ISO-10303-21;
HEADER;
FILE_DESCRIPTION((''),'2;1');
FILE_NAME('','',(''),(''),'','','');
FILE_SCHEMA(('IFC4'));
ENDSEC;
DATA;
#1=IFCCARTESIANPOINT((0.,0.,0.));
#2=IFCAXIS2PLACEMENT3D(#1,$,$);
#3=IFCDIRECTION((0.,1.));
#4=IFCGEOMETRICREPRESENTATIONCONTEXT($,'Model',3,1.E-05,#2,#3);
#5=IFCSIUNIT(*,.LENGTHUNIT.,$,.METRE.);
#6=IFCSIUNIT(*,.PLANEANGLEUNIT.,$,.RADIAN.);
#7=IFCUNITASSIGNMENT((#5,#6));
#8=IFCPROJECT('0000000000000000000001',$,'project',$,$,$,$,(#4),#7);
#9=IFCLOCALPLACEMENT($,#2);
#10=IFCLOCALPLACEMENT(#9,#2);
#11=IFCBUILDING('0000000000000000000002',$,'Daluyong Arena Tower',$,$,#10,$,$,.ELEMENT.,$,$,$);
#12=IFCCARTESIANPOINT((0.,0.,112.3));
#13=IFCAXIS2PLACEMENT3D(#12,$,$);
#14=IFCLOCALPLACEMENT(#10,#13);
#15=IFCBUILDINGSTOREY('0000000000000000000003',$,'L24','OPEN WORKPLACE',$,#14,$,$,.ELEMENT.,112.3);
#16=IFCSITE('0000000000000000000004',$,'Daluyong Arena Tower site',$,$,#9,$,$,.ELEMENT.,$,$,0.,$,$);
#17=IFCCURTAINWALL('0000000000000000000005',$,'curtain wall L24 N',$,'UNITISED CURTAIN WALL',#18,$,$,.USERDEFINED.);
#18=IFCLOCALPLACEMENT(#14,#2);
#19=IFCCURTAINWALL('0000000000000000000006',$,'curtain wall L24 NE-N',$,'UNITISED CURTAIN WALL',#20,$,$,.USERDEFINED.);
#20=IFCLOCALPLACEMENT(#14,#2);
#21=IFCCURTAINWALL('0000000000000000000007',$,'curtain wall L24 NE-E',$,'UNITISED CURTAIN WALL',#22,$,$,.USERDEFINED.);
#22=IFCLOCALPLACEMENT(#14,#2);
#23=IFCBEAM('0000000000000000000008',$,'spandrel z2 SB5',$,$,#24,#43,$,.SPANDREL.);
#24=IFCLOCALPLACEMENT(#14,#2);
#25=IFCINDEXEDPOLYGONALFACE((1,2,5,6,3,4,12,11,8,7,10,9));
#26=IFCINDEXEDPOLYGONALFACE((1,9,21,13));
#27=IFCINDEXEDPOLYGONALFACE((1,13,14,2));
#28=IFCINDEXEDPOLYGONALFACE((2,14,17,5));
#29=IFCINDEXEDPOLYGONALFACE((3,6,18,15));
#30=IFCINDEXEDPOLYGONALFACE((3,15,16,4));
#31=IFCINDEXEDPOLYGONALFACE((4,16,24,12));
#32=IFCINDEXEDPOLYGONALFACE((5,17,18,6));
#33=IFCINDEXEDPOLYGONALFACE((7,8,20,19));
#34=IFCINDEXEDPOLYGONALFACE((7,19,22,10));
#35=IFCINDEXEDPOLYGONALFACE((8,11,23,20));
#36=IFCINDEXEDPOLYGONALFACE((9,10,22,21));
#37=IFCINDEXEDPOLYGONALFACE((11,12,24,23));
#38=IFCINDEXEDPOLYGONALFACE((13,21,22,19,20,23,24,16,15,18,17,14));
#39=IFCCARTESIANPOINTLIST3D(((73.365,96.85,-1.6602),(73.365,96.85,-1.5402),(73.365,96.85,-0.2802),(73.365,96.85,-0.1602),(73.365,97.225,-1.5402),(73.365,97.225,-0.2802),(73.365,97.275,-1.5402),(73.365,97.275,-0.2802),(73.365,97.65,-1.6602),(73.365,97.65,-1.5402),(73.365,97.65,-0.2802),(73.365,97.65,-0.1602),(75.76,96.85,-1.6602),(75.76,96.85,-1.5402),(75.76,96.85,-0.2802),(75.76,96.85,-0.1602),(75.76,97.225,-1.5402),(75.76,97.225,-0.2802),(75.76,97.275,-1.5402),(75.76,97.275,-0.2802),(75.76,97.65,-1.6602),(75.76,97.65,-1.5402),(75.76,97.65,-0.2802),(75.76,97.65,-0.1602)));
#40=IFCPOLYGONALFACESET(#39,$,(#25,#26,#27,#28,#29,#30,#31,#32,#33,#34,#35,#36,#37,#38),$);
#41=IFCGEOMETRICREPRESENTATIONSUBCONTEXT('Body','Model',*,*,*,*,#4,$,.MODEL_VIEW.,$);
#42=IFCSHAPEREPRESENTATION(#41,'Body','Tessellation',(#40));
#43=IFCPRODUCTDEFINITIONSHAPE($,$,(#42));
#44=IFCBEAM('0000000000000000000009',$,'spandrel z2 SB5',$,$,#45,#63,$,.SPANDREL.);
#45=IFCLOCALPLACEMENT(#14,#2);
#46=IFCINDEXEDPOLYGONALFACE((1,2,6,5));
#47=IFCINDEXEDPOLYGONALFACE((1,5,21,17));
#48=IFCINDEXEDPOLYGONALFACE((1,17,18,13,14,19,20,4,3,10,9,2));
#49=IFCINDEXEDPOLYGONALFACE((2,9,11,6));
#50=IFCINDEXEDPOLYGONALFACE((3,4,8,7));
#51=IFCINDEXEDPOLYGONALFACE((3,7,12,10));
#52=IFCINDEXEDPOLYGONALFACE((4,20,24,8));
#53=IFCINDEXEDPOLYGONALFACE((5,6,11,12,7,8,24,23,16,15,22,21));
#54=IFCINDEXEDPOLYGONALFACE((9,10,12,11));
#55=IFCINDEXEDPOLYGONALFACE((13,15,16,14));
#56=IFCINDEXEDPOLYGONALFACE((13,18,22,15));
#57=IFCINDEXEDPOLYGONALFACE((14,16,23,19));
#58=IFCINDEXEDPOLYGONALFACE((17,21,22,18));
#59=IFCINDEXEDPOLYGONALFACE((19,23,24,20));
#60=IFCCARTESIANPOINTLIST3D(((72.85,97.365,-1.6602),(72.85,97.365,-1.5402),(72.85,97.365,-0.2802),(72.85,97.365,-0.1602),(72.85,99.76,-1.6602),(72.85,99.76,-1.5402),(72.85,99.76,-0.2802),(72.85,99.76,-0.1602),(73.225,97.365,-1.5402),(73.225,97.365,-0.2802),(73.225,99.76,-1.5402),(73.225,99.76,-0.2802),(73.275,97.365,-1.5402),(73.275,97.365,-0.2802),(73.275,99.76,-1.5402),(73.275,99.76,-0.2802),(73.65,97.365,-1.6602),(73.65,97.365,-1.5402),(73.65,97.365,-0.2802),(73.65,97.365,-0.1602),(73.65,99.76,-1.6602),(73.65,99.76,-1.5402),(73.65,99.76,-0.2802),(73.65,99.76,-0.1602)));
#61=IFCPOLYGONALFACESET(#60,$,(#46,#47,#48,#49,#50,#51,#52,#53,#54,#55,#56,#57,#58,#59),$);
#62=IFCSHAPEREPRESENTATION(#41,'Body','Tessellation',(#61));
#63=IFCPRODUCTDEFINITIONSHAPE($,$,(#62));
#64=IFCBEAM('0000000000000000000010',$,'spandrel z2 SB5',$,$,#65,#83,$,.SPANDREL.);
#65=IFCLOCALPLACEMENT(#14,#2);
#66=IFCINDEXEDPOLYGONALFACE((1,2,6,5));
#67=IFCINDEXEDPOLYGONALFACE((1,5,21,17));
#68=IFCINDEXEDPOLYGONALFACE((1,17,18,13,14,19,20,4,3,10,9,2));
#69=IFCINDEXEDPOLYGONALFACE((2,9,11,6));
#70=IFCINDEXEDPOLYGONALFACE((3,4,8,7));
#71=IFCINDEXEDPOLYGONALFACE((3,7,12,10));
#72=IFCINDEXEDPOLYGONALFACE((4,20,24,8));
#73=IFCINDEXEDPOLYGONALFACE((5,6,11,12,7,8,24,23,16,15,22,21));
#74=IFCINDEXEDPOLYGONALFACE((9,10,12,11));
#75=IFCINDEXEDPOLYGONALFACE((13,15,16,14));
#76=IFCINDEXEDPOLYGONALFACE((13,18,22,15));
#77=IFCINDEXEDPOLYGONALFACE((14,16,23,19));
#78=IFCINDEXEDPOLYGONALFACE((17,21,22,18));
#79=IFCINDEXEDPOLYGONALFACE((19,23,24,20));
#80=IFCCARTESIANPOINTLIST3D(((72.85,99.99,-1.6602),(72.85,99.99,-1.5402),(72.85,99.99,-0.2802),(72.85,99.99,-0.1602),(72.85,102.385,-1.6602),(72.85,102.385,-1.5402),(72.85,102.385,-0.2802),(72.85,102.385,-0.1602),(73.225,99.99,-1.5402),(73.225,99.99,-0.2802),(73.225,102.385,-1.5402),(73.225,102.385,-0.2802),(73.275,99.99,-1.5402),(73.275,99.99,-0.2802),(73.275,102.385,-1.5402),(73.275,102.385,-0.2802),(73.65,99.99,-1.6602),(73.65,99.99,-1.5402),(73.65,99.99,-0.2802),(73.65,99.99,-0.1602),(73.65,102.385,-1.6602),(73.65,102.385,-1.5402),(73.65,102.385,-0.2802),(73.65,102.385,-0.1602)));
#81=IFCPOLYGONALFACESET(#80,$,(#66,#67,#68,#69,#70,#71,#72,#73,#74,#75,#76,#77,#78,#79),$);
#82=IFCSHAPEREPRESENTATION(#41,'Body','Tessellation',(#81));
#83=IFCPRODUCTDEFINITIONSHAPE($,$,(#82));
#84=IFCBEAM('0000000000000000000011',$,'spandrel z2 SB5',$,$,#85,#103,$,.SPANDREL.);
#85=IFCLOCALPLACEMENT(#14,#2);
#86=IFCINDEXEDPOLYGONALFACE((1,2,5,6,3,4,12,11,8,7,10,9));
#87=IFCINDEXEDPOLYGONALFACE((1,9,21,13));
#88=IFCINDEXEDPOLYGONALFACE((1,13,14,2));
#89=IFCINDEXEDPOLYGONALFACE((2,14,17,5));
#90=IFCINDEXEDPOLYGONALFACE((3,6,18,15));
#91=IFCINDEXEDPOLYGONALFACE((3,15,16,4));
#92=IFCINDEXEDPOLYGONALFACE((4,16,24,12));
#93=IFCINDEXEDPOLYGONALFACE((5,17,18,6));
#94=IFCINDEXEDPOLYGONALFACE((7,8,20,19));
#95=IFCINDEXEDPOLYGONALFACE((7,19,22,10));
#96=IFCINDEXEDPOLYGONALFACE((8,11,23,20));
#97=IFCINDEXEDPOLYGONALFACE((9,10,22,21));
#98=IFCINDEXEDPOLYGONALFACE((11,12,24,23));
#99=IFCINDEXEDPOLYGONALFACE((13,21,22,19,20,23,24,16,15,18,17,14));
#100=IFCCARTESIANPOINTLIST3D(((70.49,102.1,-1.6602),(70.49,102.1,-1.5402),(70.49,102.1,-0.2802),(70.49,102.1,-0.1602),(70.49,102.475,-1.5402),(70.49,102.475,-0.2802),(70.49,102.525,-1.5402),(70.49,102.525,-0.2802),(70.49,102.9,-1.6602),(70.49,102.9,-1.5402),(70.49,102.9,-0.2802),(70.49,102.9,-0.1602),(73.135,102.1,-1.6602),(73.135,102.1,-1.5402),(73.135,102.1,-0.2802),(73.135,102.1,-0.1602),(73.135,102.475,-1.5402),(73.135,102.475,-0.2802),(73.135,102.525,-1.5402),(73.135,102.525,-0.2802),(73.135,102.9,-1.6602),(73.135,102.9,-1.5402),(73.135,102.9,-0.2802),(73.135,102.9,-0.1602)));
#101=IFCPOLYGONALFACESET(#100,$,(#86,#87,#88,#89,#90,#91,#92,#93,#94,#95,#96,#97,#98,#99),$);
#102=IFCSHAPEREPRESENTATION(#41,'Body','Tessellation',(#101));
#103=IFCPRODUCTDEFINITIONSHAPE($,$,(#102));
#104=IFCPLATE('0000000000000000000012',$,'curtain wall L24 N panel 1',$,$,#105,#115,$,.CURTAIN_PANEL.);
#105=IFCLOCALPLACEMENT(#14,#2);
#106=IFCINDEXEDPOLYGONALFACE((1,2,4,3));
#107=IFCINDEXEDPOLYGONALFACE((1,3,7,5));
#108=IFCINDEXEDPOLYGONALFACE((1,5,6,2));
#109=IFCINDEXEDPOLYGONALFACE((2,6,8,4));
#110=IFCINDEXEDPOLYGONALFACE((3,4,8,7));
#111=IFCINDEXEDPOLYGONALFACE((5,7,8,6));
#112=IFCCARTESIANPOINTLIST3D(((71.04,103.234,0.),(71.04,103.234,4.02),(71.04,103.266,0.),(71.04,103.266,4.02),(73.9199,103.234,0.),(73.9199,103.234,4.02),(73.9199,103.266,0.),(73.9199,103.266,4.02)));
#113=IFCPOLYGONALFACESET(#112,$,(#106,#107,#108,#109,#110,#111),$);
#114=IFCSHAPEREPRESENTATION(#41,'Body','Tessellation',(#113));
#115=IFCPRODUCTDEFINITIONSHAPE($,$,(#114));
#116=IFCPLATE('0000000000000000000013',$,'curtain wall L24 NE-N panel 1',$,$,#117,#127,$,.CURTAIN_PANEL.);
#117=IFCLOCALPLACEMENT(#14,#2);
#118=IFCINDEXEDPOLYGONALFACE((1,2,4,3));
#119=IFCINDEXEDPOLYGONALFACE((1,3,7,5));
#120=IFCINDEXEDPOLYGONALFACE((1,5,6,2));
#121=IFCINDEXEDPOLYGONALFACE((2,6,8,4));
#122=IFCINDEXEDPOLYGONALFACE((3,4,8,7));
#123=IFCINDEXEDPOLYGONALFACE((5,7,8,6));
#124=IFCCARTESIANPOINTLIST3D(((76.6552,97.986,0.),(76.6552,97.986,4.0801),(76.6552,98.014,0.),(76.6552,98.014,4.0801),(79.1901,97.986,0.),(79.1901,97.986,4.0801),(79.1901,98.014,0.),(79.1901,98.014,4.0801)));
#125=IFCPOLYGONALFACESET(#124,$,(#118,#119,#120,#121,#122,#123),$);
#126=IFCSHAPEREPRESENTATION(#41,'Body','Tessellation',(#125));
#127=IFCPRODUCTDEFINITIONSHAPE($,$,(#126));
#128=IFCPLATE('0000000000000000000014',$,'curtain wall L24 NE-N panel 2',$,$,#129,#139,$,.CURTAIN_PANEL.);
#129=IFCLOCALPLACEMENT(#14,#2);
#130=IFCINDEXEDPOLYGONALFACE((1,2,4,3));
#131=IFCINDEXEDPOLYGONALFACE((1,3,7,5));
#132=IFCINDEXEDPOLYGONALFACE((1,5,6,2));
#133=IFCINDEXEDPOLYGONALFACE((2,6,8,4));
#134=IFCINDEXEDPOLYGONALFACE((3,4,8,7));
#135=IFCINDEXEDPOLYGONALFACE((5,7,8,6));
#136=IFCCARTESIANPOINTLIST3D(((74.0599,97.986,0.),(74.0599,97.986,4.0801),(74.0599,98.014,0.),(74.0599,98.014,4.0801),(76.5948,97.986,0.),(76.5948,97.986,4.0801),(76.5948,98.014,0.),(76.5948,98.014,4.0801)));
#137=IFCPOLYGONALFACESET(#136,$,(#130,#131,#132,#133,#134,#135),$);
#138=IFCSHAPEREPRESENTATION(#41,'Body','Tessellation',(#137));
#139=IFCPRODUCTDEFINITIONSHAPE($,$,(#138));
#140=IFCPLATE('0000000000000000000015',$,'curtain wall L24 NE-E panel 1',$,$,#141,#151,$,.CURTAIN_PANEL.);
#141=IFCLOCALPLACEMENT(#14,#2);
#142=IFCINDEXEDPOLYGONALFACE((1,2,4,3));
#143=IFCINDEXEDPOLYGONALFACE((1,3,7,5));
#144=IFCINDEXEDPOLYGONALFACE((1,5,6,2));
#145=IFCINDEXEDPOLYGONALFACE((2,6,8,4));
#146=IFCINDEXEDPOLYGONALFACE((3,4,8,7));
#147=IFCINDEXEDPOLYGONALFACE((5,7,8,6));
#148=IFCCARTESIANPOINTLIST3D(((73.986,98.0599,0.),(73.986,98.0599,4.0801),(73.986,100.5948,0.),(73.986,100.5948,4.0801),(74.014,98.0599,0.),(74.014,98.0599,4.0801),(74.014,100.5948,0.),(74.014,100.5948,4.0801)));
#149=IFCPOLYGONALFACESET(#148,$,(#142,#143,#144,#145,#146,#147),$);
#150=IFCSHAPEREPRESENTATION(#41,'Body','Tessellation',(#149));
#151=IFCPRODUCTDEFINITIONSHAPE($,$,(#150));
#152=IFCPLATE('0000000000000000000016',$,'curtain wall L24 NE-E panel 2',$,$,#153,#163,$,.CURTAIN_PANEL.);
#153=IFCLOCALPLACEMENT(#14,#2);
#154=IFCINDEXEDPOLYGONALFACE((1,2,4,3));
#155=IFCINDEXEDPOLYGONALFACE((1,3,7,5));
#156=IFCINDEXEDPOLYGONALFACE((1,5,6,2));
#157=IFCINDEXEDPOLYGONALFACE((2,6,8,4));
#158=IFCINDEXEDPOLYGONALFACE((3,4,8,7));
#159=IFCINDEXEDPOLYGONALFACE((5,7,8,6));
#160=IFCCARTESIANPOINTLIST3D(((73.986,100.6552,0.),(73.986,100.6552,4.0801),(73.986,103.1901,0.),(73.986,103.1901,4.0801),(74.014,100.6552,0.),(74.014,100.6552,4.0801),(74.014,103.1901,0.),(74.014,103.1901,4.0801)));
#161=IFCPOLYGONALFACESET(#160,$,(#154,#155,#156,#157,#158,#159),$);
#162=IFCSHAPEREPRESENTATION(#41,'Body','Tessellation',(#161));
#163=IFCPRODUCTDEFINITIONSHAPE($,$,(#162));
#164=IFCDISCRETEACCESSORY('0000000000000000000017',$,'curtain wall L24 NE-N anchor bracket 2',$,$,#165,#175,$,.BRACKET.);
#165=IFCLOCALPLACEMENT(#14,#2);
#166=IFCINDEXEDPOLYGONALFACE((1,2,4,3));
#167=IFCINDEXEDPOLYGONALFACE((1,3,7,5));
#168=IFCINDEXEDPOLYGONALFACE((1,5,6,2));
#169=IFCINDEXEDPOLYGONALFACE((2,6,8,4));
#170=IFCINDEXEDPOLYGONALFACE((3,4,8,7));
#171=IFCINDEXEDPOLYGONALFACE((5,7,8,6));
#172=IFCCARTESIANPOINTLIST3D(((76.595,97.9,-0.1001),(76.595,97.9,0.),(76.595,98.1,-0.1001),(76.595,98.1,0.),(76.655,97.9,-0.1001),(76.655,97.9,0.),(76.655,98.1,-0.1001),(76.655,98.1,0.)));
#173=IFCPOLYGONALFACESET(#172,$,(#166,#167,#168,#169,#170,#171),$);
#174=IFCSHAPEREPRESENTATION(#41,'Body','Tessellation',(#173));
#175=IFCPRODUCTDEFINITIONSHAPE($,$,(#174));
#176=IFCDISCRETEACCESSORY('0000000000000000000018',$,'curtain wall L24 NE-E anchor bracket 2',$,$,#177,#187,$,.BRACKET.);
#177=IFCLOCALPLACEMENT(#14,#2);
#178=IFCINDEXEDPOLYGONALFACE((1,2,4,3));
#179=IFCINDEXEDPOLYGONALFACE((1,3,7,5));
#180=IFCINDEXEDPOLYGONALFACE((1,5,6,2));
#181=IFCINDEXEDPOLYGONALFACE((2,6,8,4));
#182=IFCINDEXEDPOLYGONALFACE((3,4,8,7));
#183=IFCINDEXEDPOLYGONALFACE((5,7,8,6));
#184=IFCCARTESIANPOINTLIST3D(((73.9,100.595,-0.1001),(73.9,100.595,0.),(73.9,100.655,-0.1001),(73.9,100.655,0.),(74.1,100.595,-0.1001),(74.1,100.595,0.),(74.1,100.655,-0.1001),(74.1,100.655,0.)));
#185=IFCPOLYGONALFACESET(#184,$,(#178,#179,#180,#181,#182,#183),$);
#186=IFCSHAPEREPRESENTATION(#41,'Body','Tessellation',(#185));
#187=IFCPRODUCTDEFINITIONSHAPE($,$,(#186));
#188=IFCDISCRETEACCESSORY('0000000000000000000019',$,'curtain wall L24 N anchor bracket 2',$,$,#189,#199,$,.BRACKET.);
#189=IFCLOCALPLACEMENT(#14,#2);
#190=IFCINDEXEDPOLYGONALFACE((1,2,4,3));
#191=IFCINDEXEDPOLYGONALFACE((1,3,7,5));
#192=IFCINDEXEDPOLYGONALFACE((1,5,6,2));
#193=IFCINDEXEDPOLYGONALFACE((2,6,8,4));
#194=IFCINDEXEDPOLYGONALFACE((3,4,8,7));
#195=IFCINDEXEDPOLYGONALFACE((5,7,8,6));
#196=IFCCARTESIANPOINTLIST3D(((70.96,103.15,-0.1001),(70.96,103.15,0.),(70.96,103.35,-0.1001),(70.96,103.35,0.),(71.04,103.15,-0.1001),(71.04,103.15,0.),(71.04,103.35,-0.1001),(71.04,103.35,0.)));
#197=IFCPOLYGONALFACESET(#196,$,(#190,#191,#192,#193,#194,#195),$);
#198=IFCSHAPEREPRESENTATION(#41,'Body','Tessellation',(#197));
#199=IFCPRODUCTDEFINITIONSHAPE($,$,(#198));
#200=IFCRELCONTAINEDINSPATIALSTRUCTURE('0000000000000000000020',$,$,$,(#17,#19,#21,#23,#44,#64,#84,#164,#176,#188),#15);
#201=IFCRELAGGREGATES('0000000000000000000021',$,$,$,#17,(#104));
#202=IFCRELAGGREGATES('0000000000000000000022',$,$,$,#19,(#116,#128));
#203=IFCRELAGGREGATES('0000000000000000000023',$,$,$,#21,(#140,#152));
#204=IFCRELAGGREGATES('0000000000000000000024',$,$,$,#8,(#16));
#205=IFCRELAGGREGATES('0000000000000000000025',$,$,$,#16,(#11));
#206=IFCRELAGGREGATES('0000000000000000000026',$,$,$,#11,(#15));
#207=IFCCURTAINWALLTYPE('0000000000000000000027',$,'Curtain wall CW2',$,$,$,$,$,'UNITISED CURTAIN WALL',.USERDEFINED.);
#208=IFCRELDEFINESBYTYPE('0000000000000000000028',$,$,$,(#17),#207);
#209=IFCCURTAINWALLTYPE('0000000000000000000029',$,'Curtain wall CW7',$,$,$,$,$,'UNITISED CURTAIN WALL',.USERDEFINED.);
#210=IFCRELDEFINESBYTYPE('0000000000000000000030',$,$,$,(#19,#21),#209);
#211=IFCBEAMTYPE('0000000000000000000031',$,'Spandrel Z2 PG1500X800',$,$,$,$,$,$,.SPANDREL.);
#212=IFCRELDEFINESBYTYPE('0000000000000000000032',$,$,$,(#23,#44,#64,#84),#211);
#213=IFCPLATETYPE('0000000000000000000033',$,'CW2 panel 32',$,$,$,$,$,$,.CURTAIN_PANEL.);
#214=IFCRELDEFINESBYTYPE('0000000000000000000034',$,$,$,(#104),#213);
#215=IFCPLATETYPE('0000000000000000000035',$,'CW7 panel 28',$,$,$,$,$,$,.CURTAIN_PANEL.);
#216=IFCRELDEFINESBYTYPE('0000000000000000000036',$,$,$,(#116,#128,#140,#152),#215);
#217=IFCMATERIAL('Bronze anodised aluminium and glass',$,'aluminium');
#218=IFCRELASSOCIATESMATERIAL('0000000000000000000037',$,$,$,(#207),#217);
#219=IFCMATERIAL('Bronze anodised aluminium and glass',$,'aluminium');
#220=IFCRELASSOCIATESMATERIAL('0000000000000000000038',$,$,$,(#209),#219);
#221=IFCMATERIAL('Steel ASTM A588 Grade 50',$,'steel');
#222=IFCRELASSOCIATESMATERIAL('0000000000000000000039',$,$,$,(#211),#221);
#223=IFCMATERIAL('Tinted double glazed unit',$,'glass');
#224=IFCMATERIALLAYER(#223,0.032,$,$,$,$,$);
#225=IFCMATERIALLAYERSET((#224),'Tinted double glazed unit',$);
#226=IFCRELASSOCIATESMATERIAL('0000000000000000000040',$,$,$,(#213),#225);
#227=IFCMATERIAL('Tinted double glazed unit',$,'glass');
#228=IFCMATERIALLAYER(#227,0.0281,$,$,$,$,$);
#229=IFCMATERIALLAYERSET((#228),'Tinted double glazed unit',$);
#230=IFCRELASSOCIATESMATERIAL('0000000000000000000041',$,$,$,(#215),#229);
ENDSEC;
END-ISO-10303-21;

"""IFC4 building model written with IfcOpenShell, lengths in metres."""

from ifc_helpers import new_model, si_unit, direction, frame, origin, origin_2d, place, context, subcontext, project, spatial, rectangle, i_section, extrude, material, layer, layer_set, material_profile, profile_set, type_object, element, aggregate, save


model = new_model("IFC4")

# Units and contexts
model_context = context("Model", 3, precision=1e-05, world=origin(), true_north=direction((0.0, 1.0)))
body_context = subcontext(model_context, "Body", "Model", "MODEL_VIEW")
ifc_project = project(units=[si_unit("LENGTHUNIT", "METRE"), si_unit("PLANEANGLEUNIT", "RADIAN")], contexts=[model_context])

# Site, building, storey
site_placement = place(None, origin())
site = spatial("IfcSite", under=ifc_project, at=site_placement, Name="Daluyong Arena Tower site", CompositionType="ELEMENT", RefElevation=0.0)
building_placement = place(site_placement, origin())
building = spatial("IfcBuilding", under=site, at=building_placement, Name="Daluyong Arena Tower", CompositionType="ELEMENT")
storey_placement = place(building_placement, frame((0.0, 0.0, 112.3)))
storey = spatial("IfcBuildingStorey", under=building, at=storey_placement, Name="L24", Description="OPEN WORKPLACE", CompositionType="ELEMENT", Elevation=112.3)

# Shared definitions
ifc_material_1 = material(Name="Bronze anodised aluminium and glass", Category="aluminium")
curtain_wall_type_1 = type_object("IfcCurtainWallType", Name="Curtain wall CW2", ElementType="UNITISED CURTAIN WALL", PredefinedType="USERDEFINED", material=ifc_material_1)

# Curtain walls
curtain_wall_1_placement = place(storey_placement, origin())
curtain_wall_1 = element("IfcCurtainWall", 1, at=curtain_wall_1_placement, inside=storey, type_object=curtain_wall_type_1, Name="curtain wall L24 N", ObjectType="UNITISED CURTAIN WALL", PredefinedType="USERDEFINED")
ifc_material_2 = material(Name="Bronze anodised aluminium and glass", Category="aluminium")
curtain_wall_type_2 = type_object("IfcCurtainWallType", Name="Curtain wall CW7", ElementType="UNITISED CURTAIN WALL", PredefinedType="USERDEFINED", material=ifc_material_2)
curtain_wall_2_placement = place(storey_placement, origin())
curtain_wall_2 = element("IfcCurtainWall", 2, at=curtain_wall_2_placement, inside=storey, type_object=curtain_wall_type_2, Name="curtain wall L24 NE-N", ObjectType="UNITISED CURTAIN WALL", PredefinedType="USERDEFINED")
curtain_wall_3_placement = place(storey_placement, origin())
curtain_wall_3 = element("IfcCurtainWall", 3, at=curtain_wall_3_placement, inside=storey, type_object=curtain_wall_type_2, Name="curtain wall L24 NE-E", ObjectType="UNITISED CURTAIN WALL", PredefinedType="USERDEFINED")

# Beams
ifc_material_3 = material(Name="Steel ASTM A588 Grade 50", Category="steel")
ifc_material_profile_1 = material_profile(ifc_material_3, i_section(OverallWidth=0.8, OverallDepth=1.5, WebThickness=0.05, FlangeThickness=0.12, at=origin_2d()))
ifc_profile_set_1 = profile_set([ifc_material_profile_1], Name="Steel ASTM A588 Grade 50")
beam_type_1 = type_object("IfcBeamType", Name="Spandrel Z2 PG1500X800", PredefinedType="SPANDREL", material=ifc_profile_set_1)
for number, where, z_axis, x_axis, name in (
    (4, (75.76, 97.25, -0.9102), (-1.0, 0.0, 0.0), (0.0, -1.0, 0.0), "spandrel z2 SB5"),
    (5, (73.25, 97.365, -0.9102), (0.0, 1.0, 0.0), (-1.0, 0.0, 0.0), "spandrel z2 SB5"),
    (6, (73.25, 99.99, -0.9102), (0.0, 1.0, 0.0), (-1.0, 0.0, 0.0), "spandrel z2 SB5"),
):
    element("IfcBeam", number, at=place(storey_placement, frame(where, z_axis=z_axis, x_axis=x_axis)), inside=storey, type_object=beam_type_1, Name=name, PredefinedType="SPANDREL", context=body_context, shape_type="SweptSolid", body=[
        extrude(i_section(OverallWidth=0.8, OverallDepth=1.5, WebThickness=0.05, FlangeThickness=0.12, at=origin_2d()), origin(), (0.0, 0.0, 1.0), 2.395),
    ])
beam_1_placement = place(storey_placement, frame((73.135, 102.5, -0.9102), z_axis=(-1.0, 0.0, 0.0), x_axis=(0.0, -1.0, 0.0)))
element("IfcBeam", 7, at=beam_1_placement, inside=storey, type_object=beam_type_1, Name="spandrel z2 SB5", PredefinedType="SPANDREL", context=body_context, shape_type="SweptSolid", body=[
    extrude(i_section(OverallWidth=0.8, OverallDepth=1.5, WebThickness=0.05, FlangeThickness=0.12, at=origin_2d()), origin(), (0.0, 0.0, 1.0), 2.645),
])

# Plates
ifc_material_4 = material(Name="Tinted double glazed unit", Category="glass")
ifc_layer_1 = layer(ifc_material_4, 0.032)
ifc_layer_set_1 = layer_set([ifc_layer_1], Name="Tinted double glazed unit")
plate_type_1 = type_object("IfcPlateType", Name="CW2 panel 32", PredefinedType="CURTAIN_PANEL", material=ifc_layer_set_1)
plate_1_placement = place(storey_placement, frame((72.48, 103.25, 0.0), z_axis=(0.0, 0.0, 1.0), x_axis=(-1.0, 0.0, 0.0)))
plate_1 = element("IfcPlate", 8, at=plate_1_placement, type_object=plate_type_1, Name="curtain wall L24 N panel 1", PredefinedType="CURTAIN_PANEL", context=body_context, shape_type="SweptSolid", body=[
    extrude(rectangle(XDim=2.8799, YDim=0.032, at=origin_2d()), origin(), (0.0, 0.0, 1.0), 4.02),
])
aggregate(curtain_wall_1, [plate_1])
ifc_material_5 = material(Name="Tinted double glazed unit", Category="glass")
ifc_layer_2 = layer(ifc_material_5, 0.0281)
ifc_layer_set_2 = layer_set([ifc_layer_2], Name="Tinted double glazed unit")
plate_type_2 = type_object("IfcPlateType", Name="CW7 panel 28", PredefinedType="CURTAIN_PANEL", material=ifc_layer_set_2)
plate_2_placement = place(storey_placement, frame((77.9226, 98.0, 0.0), z_axis=(0.0, 0.0, 1.0), x_axis=(-1.0, 0.0, 0.0)))
plate_2 = element("IfcPlate", 9, at=plate_2_placement, type_object=plate_type_2, Name="curtain wall L24 NE-N panel 1", PredefinedType="CURTAIN_PANEL", context=body_context, shape_type="SweptSolid", body=[
    extrude(rectangle(XDim=2.5349, YDim=0.0281, at=origin_2d()), origin(), (0.0, 0.0, 1.0), 4.0801),
])
plate_3_placement = place(storey_placement, frame((75.3274, 98.0, 0.0), z_axis=(0.0, 0.0, 1.0), x_axis=(-1.0, 0.0, 0.0)))
plate_3 = element("IfcPlate", 10, at=plate_3_placement, type_object=plate_type_2, Name="curtain wall L24 NE-N panel 2", PredefinedType="CURTAIN_PANEL", context=body_context, shape_type="SweptSolid", body=[
    extrude(rectangle(XDim=2.5349, YDim=0.0281, at=origin_2d()), origin(), (0.0, 0.0, 1.0), 4.0801),
])
aggregate(curtain_wall_2, [plate_2, plate_3])
plate_4_placement = place(storey_placement, frame((74.0, 99.3274, 0.0), z_axis=(0.0, 0.0, 1.0), x_axis=(0.0, 1.0, 0.0)))
plate_4 = element("IfcPlate", 11, at=plate_4_placement, type_object=plate_type_2, Name="curtain wall L24 NE-E panel 1", PredefinedType="CURTAIN_PANEL", context=body_context, shape_type="SweptSolid", body=[
    extrude(rectangle(XDim=2.5349, YDim=0.0281, at=origin_2d()), origin(), (0.0, 0.0, 1.0), 4.0801),
])
plate_5_placement = place(storey_placement, frame((74.0, 101.9226, 0.0), z_axis=(0.0, 0.0, 1.0), x_axis=(0.0, 1.0, 0.0)))
plate_5 = element("IfcPlate", 12, at=plate_5_placement, type_object=plate_type_2, Name="curtain wall L24 NE-E panel 2", PredefinedType="CURTAIN_PANEL", context=body_context, shape_type="SweptSolid", body=[
    extrude(rectangle(XDim=2.5349, YDim=0.0281, at=origin_2d()), origin(), (0.0, 0.0, 1.0), 4.0801),
])
aggregate(curtain_wall_3, [plate_4, plate_5])

# Discrete accessories
for number, where, z_axis, x_axis, name in (
    (13, (76.625, 98.0, -0.1001), (0.0, 0.0, 1.0), (-1.0, 0.0, 0.0), "curtain wall L24 NE-N anchor bracket 2"),
    (14, (74.0, 100.625, -0.1001), (0.0, 0.0, 1.0), (0.0, 1.0, 0.0), "curtain wall L24 NE-E anchor bracket 2"),
):
    element("IfcDiscreteAccessory", number, at=place(storey_placement, frame(where, z_axis=z_axis, x_axis=x_axis)), inside=storey, Name=name, PredefinedType="BRACKET", context=body_context, shape_type="SweptSolid", body=[
        extrude(rectangle(XDim=0.0601, YDim=0.2, at=origin_2d()), origin(), (0.0, 0.0, 1.0), 0.1001),
    ])
discrete_accessory_placement = place(storey_placement, frame((71.0, 103.25, -0.1001), z_axis=(0.0, 0.0, 1.0), x_axis=(-1.0, 0.0, 0.0)))
element("IfcDiscreteAccessory", 15, at=discrete_accessory_placement, inside=storey, Name="curtain wall L24 N anchor bracket 2", PredefinedType="BRACKET", context=body_context, shape_type="SweptSolid", body=[
    extrude(rectangle(XDim=0.0801, YDim=0.2, at=origin_2d()), origin(), (0.0, 0.0, 1.0), 0.1001),
])

save(model, "model.ifc")
